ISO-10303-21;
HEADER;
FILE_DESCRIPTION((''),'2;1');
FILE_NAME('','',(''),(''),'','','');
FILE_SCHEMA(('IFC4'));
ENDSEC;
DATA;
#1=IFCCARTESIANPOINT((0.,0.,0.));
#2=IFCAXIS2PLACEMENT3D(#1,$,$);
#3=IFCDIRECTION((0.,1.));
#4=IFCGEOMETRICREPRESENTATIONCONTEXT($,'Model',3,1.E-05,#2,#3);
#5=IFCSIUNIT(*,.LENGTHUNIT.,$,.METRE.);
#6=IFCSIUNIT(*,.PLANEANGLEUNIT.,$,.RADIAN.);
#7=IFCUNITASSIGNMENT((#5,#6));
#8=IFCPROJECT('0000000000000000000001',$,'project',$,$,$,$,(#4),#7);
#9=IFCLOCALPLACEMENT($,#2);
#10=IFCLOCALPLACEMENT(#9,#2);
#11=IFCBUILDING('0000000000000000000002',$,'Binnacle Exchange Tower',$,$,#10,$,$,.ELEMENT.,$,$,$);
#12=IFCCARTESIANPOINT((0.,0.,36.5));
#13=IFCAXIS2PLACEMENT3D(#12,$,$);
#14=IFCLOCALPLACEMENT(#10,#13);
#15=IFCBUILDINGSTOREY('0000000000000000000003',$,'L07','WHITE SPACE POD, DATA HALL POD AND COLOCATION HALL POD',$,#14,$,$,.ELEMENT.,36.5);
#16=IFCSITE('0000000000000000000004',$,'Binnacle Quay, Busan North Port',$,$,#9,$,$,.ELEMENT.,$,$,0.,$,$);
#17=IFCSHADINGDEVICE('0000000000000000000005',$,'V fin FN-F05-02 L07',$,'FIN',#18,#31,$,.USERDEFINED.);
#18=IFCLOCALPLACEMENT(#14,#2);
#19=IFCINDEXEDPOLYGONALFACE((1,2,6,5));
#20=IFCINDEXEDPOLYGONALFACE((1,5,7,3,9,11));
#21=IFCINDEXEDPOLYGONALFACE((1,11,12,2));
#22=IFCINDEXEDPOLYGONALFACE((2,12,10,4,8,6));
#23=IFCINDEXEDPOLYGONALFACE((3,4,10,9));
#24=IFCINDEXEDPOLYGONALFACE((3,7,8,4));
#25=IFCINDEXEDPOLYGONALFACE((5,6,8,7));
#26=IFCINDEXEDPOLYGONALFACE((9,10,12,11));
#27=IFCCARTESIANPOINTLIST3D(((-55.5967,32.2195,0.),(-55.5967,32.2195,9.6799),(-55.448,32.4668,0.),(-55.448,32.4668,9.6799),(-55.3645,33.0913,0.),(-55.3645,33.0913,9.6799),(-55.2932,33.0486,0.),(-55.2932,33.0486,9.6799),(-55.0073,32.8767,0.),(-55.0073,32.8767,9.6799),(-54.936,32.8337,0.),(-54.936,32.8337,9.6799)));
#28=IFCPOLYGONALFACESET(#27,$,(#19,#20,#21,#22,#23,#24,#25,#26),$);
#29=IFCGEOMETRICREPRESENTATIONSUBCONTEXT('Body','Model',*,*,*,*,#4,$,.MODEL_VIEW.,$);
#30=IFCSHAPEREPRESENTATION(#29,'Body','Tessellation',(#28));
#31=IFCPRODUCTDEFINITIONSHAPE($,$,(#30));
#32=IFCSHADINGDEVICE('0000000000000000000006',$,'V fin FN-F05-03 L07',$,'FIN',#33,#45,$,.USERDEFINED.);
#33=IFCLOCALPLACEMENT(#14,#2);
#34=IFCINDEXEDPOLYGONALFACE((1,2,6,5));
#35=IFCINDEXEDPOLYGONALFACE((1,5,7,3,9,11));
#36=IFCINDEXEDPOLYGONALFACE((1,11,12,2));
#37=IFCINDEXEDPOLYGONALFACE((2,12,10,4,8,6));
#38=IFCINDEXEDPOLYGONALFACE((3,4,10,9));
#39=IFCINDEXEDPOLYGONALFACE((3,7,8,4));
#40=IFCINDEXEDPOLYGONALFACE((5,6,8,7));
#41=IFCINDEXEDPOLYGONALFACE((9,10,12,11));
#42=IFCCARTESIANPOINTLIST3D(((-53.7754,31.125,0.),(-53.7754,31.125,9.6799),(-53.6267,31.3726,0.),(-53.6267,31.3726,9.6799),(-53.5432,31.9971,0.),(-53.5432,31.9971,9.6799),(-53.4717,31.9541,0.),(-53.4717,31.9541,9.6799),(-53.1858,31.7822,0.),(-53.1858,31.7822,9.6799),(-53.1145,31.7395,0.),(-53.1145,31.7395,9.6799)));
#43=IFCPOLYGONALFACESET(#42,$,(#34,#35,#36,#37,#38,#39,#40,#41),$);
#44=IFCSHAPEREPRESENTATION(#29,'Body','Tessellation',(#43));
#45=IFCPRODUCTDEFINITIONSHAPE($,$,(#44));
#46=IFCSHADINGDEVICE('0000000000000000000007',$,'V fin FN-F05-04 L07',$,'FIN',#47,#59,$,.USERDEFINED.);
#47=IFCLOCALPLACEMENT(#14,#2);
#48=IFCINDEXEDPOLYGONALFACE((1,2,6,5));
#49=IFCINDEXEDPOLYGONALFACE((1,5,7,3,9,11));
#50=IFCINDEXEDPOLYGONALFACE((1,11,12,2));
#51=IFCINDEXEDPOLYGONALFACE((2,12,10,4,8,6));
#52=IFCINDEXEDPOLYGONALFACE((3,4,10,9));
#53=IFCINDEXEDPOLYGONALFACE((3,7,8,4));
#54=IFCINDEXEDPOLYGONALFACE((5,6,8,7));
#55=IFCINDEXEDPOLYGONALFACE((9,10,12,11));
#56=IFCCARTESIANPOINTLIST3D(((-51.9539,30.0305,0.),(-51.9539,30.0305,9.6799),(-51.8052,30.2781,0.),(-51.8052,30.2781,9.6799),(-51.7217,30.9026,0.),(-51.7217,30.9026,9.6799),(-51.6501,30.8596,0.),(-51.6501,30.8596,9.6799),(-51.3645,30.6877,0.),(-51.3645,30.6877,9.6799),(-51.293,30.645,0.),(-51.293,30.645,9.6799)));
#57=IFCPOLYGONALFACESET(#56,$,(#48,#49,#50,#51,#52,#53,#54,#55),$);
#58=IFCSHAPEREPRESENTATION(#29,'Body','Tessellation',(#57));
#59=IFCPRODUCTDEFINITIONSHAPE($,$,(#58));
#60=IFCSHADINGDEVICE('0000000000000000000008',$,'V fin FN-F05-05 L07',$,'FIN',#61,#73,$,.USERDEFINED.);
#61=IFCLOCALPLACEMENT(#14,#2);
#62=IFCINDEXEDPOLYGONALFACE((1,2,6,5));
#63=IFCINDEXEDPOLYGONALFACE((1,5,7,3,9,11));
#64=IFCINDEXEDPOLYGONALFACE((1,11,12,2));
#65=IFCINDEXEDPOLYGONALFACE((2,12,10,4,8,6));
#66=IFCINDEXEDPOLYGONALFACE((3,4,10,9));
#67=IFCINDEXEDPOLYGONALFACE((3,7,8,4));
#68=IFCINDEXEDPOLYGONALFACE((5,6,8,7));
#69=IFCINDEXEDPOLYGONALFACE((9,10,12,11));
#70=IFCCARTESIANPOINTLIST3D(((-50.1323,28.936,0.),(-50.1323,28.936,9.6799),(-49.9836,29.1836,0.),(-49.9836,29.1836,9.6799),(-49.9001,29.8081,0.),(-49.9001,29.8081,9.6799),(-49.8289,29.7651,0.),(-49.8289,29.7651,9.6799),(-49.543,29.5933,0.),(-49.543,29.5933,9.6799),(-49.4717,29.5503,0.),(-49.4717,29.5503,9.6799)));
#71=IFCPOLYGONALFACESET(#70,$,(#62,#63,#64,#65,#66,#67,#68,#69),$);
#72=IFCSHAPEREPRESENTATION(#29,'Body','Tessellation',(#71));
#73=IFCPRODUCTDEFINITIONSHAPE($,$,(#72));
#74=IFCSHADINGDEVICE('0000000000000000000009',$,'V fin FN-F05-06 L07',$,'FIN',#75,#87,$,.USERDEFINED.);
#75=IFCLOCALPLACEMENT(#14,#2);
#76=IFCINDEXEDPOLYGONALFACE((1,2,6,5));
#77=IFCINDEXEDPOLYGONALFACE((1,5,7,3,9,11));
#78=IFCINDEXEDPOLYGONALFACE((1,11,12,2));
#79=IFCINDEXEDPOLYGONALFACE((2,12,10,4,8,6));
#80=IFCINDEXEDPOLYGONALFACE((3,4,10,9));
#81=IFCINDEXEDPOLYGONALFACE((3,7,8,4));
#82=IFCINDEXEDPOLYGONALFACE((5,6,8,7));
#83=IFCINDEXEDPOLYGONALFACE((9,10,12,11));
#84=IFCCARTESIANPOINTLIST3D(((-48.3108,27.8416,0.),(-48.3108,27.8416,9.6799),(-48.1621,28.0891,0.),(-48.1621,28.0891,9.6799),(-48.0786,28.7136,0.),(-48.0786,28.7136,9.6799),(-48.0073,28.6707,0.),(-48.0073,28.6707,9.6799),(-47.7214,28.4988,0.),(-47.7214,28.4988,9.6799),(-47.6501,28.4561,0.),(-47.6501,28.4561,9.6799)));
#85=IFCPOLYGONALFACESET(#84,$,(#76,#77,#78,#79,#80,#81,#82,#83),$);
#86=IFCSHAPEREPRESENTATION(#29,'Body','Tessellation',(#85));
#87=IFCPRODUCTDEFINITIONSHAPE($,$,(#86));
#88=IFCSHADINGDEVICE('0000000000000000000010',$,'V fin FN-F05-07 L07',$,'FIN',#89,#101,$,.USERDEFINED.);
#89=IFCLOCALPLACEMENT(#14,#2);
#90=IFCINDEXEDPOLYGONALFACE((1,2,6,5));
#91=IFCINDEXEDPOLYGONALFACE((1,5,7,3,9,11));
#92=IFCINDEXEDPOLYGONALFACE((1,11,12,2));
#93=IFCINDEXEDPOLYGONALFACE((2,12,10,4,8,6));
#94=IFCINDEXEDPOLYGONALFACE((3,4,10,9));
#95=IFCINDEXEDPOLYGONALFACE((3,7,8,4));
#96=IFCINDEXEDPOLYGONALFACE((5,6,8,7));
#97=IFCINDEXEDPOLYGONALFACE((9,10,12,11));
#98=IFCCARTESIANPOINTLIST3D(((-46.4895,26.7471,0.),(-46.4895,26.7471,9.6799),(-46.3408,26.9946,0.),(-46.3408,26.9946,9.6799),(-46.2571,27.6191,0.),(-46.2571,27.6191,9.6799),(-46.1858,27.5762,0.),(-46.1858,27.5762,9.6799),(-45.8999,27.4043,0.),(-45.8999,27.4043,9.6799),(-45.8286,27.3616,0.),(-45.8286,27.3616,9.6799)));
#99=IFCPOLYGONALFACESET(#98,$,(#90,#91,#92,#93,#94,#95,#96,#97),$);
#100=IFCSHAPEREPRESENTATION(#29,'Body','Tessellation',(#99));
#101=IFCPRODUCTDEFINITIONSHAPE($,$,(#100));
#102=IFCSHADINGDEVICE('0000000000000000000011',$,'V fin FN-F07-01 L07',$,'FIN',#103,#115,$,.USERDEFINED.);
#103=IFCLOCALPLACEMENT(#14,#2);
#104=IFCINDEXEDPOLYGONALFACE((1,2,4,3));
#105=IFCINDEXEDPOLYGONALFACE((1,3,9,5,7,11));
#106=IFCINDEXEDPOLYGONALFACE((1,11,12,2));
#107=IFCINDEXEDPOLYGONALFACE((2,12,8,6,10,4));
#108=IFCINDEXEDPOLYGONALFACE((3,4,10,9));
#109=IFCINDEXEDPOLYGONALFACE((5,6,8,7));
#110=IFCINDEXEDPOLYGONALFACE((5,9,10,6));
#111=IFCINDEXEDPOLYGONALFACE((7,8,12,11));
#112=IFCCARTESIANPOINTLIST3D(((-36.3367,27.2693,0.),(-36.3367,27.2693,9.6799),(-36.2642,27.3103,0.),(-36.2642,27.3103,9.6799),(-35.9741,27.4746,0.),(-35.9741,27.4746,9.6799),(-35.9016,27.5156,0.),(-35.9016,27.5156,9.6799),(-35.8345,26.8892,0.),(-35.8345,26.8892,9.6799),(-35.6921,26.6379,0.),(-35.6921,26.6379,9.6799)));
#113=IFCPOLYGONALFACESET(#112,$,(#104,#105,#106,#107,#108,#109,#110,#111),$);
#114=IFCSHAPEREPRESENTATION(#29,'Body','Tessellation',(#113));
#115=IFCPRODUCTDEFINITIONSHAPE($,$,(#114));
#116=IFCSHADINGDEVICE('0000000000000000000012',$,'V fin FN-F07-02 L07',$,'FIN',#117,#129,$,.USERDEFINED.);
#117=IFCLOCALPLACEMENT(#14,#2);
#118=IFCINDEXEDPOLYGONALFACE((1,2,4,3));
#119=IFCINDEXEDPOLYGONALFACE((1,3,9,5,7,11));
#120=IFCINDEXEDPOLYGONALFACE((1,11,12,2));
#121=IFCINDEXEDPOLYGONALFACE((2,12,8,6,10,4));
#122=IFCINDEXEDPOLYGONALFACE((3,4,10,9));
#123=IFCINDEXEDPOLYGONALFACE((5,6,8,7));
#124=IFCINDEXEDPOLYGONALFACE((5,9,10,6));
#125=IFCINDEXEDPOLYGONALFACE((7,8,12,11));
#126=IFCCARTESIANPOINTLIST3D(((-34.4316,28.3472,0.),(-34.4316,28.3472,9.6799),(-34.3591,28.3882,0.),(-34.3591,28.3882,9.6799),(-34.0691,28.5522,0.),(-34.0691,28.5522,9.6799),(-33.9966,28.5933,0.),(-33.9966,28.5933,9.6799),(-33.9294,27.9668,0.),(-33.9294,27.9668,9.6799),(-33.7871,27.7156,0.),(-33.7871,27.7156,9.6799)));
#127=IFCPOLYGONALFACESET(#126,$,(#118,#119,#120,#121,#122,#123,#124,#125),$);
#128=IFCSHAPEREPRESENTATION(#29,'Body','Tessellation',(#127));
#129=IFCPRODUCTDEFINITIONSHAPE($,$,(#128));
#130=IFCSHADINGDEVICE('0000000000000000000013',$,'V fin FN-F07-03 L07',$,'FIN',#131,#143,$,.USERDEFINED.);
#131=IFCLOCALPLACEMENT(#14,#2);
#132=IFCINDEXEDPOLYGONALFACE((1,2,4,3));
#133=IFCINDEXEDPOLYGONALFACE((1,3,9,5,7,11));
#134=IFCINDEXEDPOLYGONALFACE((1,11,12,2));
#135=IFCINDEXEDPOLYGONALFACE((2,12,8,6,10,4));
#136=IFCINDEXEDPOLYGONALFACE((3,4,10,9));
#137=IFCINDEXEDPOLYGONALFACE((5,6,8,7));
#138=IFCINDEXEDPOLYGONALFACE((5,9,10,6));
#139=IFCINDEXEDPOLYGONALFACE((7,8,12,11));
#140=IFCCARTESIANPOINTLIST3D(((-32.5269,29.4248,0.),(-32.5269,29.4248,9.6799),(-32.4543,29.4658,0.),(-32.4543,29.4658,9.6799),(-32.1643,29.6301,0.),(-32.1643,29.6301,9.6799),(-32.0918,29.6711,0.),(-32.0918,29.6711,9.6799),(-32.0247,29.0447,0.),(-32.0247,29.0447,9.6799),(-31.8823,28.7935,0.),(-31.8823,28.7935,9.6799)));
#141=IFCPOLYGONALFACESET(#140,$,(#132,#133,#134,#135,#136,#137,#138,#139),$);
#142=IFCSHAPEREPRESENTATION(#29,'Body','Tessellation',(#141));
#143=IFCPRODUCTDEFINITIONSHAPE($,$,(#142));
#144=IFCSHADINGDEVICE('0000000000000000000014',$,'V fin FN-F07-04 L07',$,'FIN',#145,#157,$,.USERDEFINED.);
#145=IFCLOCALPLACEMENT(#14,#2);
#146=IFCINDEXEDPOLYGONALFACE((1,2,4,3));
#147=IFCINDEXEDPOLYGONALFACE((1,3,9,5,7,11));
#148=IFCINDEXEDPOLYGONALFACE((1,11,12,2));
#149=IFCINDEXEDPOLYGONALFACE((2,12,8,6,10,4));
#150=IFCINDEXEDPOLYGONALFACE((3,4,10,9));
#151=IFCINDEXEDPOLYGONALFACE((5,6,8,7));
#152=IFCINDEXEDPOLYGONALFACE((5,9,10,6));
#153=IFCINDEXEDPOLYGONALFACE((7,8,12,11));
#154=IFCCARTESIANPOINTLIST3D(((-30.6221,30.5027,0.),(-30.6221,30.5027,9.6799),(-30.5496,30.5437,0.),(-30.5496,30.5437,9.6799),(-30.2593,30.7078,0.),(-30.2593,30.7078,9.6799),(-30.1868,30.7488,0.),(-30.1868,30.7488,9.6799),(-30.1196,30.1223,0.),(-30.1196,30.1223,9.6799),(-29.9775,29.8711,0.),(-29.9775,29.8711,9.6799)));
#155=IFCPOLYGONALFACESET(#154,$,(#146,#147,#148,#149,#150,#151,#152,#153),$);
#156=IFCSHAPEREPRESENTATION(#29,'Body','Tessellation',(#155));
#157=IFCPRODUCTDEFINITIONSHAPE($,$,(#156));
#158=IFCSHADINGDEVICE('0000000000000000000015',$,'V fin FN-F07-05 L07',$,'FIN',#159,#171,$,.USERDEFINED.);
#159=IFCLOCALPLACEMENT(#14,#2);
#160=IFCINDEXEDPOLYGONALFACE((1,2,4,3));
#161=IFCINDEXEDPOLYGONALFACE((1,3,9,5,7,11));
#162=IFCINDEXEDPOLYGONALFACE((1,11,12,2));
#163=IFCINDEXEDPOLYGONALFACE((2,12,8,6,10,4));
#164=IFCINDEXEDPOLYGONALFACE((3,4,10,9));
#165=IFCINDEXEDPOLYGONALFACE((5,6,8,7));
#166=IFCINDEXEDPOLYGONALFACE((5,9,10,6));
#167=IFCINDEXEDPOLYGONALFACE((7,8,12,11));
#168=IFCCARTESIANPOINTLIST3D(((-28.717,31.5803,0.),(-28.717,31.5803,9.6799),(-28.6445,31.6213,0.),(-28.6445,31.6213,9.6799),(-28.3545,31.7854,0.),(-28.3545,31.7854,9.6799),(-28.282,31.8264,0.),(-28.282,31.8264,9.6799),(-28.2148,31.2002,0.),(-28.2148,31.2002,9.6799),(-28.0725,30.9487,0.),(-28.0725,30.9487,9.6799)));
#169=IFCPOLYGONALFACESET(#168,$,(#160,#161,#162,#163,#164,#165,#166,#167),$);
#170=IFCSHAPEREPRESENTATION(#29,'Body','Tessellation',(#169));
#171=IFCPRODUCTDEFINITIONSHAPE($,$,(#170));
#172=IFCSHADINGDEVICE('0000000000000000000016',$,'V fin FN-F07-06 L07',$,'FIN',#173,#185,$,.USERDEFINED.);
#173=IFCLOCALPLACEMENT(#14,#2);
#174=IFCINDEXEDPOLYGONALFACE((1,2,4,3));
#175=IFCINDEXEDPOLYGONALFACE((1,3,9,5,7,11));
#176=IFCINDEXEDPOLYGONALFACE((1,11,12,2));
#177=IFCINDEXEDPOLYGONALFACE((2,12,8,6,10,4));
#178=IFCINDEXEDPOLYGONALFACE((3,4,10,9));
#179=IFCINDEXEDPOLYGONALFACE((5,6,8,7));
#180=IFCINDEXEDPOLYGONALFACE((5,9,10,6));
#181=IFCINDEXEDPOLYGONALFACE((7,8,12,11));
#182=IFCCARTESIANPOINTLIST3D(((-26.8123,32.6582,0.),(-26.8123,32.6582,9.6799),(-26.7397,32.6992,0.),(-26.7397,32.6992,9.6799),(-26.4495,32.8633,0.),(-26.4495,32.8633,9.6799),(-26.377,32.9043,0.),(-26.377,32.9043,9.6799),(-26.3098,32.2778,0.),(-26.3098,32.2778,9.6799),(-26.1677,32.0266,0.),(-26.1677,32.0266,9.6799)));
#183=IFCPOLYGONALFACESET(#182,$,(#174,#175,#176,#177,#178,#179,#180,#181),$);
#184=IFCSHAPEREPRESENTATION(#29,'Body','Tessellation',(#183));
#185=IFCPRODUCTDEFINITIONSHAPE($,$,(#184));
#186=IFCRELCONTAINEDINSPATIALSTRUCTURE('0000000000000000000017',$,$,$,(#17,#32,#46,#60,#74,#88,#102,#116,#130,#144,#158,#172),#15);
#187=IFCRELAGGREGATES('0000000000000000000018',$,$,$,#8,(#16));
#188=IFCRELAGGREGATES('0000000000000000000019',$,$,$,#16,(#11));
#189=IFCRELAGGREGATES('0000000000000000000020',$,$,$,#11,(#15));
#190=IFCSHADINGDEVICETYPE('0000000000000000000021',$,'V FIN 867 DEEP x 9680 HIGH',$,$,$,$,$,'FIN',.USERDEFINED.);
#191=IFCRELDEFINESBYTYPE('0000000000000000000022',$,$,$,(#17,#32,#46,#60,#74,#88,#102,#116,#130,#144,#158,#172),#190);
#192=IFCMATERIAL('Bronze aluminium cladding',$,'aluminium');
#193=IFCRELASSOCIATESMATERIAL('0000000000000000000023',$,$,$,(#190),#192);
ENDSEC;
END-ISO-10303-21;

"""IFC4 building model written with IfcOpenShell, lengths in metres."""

from ifc_helpers import new_model, si_unit, direction, frame, origin, place, context, subcontext, project, spatial, polyline, outline, extrude, material, type_object, element, save


model = new_model("IFC4")

# Units and contexts
model_context = context("Model", 3, precision=1e-05, world=origin(), true_north=direction((0.0, 1.0)))
body_context = subcontext(model_context, "Body", "Model", "MODEL_VIEW")
ifc_project = project(units=[si_unit("LENGTHUNIT", "METRE"), si_unit("PLANEANGLEUNIT", "RADIAN")], contexts=[model_context])

# Site, building, storey
site_placement = place(None, origin())
site = spatial("IfcSite", under=ifc_project, at=site_placement, Name="Binnacle Quay, Busan North Port", CompositionType="ELEMENT", RefElevation=0.0)
building_placement = place(site_placement, origin())
building = spatial("IfcBuilding", under=site, at=building_placement, Name="Binnacle Exchange Tower", CompositionType="ELEMENT")
storey_placement = place(building_placement, frame((0.0, 0.0, 36.5)))
storey = spatial("IfcBuildingStorey", under=building, at=storey_placement, Name="L07", Description="WHITE SPACE POD, DATA HALL POD AND COLOCATION HALL POD", CompositionType="ELEMENT", Elevation=36.5)

# Shading devices
ifc_material = material(Name="Bronze aluminium cladding", Category="aluminium")
shading_device_type = type_object("IfcShadingDeviceType", Name="V FIN 867 DEEP x 9680 HIGH", ElementType="FIN", PredefinedType="USERDEFINED", material=ifc_material)
shading_device_1_placement = place(storey_placement, origin())
element("IfcShadingDevice", 1, at=shading_device_1_placement, inside=storey, type_object=shading_device_type, Name="V fin FN-F05-02 L07", ObjectType="FIN", PredefinedType="USERDEFINED", context=body_context, shape_type="SweptSolid", body=[
    extrude(outline(polyline([(-55.3645, 33.0913), (-55.5967, 32.2195), (-54.936, 32.8337), (-55.0073, 32.8767), (-55.448, 32.4668), (-55.2932, 33.0486), (-55.3645, 33.0913)])), origin(), (0.0, 0.0, 1.0), 9.6799),
])
shading_device_2_placement = place(storey_placement, origin())
element("IfcShadingDevice", 2, at=shading_device_2_placement, inside=storey, type_object=shading_device_type, Name="V fin FN-F05-03 L07", ObjectType="FIN", PredefinedType="USERDEFINED", context=body_context, shape_type="SweptSolid", body=[
    extrude(outline(polyline([(-53.5432, 31.9971), (-53.7754, 31.125), (-53.1145, 31.7395), (-53.1858, 31.7822), (-53.6267, 31.3726), (-53.4717, 31.9541), (-53.5432, 31.9971)])), origin(), (0.0, 0.0, 1.0), 9.6799),
])
shading_device_3_placement = place(storey_placement, origin())
element("IfcShadingDevice", 3, at=shading_device_3_placement, inside=storey, type_object=shading_device_type, Name="V fin FN-F05-04 L07", ObjectType="FIN", PredefinedType="USERDEFINED", context=body_context, shape_type="SweptSolid", body=[
    extrude(outline(polyline([(-51.7217, 30.9026), (-51.9539, 30.0305), (-51.293, 30.645), (-51.3645, 30.6877), (-51.8052, 30.2781), (-51.6501, 30.8596), (-51.7217, 30.9026)])), origin(), (0.0, 0.0, 1.0), 9.6799),
])
shading_device_4_placement = place(storey_placement, origin())
element("IfcShadingDevice", 4, at=shading_device_4_placement, inside=storey, type_object=shading_device_type, Name="V fin FN-F05-05 L07", ObjectType="FIN", PredefinedType="USERDEFINED", context=body_context, shape_type="SweptSolid", body=[
    extrude(outline(polyline([(-49.9001, 29.8081), (-50.1323, 28.936), (-49.4717, 29.5503), (-49.543, 29.5933), (-49.9836, 29.1836), (-49.8289, 29.7651), (-49.9001, 29.8081)])), origin(), (0.0, 0.0, 1.0), 9.6799),
])
shading_device_5_placement = place(storey_placement, origin())
element("IfcShadingDevice", 5, at=shading_device_5_placement, inside=storey, type_object=shading_device_type, Name="V fin FN-F05-06 L07", ObjectType="FIN", PredefinedType="USERDEFINED", context=body_context, shape_type="SweptSolid", body=[
    extrude(outline(polyline([(-48.0786, 28.7136), (-48.3108, 27.8416), (-47.6501, 28.4561), (-47.7214, 28.4988), (-48.1621, 28.0891), (-48.0073, 28.6707), (-48.0786, 28.7136)])), origin(), (0.0, 0.0, 1.0), 9.6799),
])
shading_device_6_placement = place(storey_placement, origin())
element("IfcShadingDevice", 6, at=shading_device_6_placement, inside=storey, type_object=shading_device_type, Name="V fin FN-F05-07 L07", ObjectType="FIN", PredefinedType="USERDEFINED", context=body_context, shape_type="SweptSolid", body=[
    extrude(outline(polyline([(-46.2571, 27.6191), (-46.4895, 26.7471), (-45.8286, 27.3616), (-45.8999, 27.4043), (-46.3408, 26.9946), (-46.1858, 27.5762), (-46.2571, 27.6191)])), origin(), (0.0, 0.0, 1.0), 9.6799),
])
shading_device_7_placement = place(storey_placement, origin())
element("IfcShadingDevice", 7, at=shading_device_7_placement, inside=storey, type_object=shading_device_type, Name="V fin FN-F07-01 L07", ObjectType="FIN", PredefinedType="USERDEFINED", context=body_context, shape_type="SweptSolid", body=[
    extrude(outline(polyline([(-36.3367, 27.2693), (-35.6921, 26.6379), (-35.9016, 27.5156), (-35.9741, 27.4746), (-35.8345, 26.8892), (-36.2642, 27.3103), (-36.3367, 27.2693)])), origin(), (0.0, 0.0, 1.0), 9.6799),
])
shading_device_8_placement = place(storey_placement, origin())
element("IfcShadingDevice", 8, at=shading_device_8_placement, inside=storey, type_object=shading_device_type, Name="V fin FN-F07-02 L07", ObjectType="FIN", PredefinedType="USERDEFINED", context=body_context, shape_type="SweptSolid", body=[
    extrude(outline(polyline([(-34.4316, 28.3472), (-33.7871, 27.7156), (-33.9966, 28.5933), (-34.0691, 28.5522), (-33.9294, 27.9668), (-34.3591, 28.3882), (-34.4316, 28.3472)])), origin(), (0.0, 0.0, 1.0), 9.6799),
])
shading_device_9_placement = place(storey_placement, origin())
element("IfcShadingDevice", 9, at=shading_device_9_placement, inside=storey, type_object=shading_device_type, Name="V fin FN-F07-03 L07", ObjectType="FIN", PredefinedType="USERDEFINED", context=body_context, shape_type="SweptSolid", body=[
    extrude(outline(polyline([(-32.5269, 29.4248), (-31.8823, 28.7935), (-32.0918, 29.6711), (-32.1643, 29.6301), (-32.0247, 29.0447), (-32.4543, 29.4658), (-32.5269, 29.4248)])), origin(), (0.0, 0.0, 1.0), 9.6799),
])
shading_device_10_placement = place(storey_placement, origin())
element("IfcShadingDevice", 10, at=shading_device_10_placement, inside=storey, type_object=shading_device_type, Name="V fin FN-F07-04 L07", ObjectType="FIN", PredefinedType="USERDEFINED", context=body_context, shape_type="SweptSolid", body=[
    extrude(outline(polyline([(-30.6221, 30.5027), (-29.9775, 29.8711), (-30.1868, 30.7488), (-30.2593, 30.7078), (-30.1196, 30.1223), (-30.5496, 30.5437), (-30.6221, 30.5027)])), origin(), (0.0, 0.0, 1.0), 9.6799),
])
shading_device_11_placement = place(storey_placement, origin())
element("IfcShadingDevice", 11, at=shading_device_11_placement, inside=storey, type_object=shading_device_type, Name="V fin FN-F07-05 L07", ObjectType="FIN", PredefinedType="USERDEFINED", context=body_context, shape_type="SweptSolid", body=[
    extrude(outline(polyline([(-28.717, 31.5803), (-28.0725, 30.9487), (-28.282, 31.8264), (-28.3545, 31.7854), (-28.2148, 31.2002), (-28.6445, 31.6213), (-28.717, 31.5803)])), origin(), (0.0, 0.0, 1.0), 9.6799),
])
shading_device_12_placement = place(storey_placement, origin())
element("IfcShadingDevice", 12, at=shading_device_12_placement, inside=storey, type_object=shading_device_type, Name="V fin FN-F07-06 L07", ObjectType="FIN", PredefinedType="USERDEFINED", context=body_context, shape_type="SweptSolid", body=[
    extrude(outline(polyline([(-26.8123, 32.6582), (-26.1677, 32.0266), (-26.377, 32.9043), (-26.4495, 32.8633), (-26.3098, 32.2778), (-26.7397, 32.6992), (-26.8123, 32.6582)])), origin(), (0.0, 0.0, 1.0), 9.6799),
])

save(model, "model.ifc")
